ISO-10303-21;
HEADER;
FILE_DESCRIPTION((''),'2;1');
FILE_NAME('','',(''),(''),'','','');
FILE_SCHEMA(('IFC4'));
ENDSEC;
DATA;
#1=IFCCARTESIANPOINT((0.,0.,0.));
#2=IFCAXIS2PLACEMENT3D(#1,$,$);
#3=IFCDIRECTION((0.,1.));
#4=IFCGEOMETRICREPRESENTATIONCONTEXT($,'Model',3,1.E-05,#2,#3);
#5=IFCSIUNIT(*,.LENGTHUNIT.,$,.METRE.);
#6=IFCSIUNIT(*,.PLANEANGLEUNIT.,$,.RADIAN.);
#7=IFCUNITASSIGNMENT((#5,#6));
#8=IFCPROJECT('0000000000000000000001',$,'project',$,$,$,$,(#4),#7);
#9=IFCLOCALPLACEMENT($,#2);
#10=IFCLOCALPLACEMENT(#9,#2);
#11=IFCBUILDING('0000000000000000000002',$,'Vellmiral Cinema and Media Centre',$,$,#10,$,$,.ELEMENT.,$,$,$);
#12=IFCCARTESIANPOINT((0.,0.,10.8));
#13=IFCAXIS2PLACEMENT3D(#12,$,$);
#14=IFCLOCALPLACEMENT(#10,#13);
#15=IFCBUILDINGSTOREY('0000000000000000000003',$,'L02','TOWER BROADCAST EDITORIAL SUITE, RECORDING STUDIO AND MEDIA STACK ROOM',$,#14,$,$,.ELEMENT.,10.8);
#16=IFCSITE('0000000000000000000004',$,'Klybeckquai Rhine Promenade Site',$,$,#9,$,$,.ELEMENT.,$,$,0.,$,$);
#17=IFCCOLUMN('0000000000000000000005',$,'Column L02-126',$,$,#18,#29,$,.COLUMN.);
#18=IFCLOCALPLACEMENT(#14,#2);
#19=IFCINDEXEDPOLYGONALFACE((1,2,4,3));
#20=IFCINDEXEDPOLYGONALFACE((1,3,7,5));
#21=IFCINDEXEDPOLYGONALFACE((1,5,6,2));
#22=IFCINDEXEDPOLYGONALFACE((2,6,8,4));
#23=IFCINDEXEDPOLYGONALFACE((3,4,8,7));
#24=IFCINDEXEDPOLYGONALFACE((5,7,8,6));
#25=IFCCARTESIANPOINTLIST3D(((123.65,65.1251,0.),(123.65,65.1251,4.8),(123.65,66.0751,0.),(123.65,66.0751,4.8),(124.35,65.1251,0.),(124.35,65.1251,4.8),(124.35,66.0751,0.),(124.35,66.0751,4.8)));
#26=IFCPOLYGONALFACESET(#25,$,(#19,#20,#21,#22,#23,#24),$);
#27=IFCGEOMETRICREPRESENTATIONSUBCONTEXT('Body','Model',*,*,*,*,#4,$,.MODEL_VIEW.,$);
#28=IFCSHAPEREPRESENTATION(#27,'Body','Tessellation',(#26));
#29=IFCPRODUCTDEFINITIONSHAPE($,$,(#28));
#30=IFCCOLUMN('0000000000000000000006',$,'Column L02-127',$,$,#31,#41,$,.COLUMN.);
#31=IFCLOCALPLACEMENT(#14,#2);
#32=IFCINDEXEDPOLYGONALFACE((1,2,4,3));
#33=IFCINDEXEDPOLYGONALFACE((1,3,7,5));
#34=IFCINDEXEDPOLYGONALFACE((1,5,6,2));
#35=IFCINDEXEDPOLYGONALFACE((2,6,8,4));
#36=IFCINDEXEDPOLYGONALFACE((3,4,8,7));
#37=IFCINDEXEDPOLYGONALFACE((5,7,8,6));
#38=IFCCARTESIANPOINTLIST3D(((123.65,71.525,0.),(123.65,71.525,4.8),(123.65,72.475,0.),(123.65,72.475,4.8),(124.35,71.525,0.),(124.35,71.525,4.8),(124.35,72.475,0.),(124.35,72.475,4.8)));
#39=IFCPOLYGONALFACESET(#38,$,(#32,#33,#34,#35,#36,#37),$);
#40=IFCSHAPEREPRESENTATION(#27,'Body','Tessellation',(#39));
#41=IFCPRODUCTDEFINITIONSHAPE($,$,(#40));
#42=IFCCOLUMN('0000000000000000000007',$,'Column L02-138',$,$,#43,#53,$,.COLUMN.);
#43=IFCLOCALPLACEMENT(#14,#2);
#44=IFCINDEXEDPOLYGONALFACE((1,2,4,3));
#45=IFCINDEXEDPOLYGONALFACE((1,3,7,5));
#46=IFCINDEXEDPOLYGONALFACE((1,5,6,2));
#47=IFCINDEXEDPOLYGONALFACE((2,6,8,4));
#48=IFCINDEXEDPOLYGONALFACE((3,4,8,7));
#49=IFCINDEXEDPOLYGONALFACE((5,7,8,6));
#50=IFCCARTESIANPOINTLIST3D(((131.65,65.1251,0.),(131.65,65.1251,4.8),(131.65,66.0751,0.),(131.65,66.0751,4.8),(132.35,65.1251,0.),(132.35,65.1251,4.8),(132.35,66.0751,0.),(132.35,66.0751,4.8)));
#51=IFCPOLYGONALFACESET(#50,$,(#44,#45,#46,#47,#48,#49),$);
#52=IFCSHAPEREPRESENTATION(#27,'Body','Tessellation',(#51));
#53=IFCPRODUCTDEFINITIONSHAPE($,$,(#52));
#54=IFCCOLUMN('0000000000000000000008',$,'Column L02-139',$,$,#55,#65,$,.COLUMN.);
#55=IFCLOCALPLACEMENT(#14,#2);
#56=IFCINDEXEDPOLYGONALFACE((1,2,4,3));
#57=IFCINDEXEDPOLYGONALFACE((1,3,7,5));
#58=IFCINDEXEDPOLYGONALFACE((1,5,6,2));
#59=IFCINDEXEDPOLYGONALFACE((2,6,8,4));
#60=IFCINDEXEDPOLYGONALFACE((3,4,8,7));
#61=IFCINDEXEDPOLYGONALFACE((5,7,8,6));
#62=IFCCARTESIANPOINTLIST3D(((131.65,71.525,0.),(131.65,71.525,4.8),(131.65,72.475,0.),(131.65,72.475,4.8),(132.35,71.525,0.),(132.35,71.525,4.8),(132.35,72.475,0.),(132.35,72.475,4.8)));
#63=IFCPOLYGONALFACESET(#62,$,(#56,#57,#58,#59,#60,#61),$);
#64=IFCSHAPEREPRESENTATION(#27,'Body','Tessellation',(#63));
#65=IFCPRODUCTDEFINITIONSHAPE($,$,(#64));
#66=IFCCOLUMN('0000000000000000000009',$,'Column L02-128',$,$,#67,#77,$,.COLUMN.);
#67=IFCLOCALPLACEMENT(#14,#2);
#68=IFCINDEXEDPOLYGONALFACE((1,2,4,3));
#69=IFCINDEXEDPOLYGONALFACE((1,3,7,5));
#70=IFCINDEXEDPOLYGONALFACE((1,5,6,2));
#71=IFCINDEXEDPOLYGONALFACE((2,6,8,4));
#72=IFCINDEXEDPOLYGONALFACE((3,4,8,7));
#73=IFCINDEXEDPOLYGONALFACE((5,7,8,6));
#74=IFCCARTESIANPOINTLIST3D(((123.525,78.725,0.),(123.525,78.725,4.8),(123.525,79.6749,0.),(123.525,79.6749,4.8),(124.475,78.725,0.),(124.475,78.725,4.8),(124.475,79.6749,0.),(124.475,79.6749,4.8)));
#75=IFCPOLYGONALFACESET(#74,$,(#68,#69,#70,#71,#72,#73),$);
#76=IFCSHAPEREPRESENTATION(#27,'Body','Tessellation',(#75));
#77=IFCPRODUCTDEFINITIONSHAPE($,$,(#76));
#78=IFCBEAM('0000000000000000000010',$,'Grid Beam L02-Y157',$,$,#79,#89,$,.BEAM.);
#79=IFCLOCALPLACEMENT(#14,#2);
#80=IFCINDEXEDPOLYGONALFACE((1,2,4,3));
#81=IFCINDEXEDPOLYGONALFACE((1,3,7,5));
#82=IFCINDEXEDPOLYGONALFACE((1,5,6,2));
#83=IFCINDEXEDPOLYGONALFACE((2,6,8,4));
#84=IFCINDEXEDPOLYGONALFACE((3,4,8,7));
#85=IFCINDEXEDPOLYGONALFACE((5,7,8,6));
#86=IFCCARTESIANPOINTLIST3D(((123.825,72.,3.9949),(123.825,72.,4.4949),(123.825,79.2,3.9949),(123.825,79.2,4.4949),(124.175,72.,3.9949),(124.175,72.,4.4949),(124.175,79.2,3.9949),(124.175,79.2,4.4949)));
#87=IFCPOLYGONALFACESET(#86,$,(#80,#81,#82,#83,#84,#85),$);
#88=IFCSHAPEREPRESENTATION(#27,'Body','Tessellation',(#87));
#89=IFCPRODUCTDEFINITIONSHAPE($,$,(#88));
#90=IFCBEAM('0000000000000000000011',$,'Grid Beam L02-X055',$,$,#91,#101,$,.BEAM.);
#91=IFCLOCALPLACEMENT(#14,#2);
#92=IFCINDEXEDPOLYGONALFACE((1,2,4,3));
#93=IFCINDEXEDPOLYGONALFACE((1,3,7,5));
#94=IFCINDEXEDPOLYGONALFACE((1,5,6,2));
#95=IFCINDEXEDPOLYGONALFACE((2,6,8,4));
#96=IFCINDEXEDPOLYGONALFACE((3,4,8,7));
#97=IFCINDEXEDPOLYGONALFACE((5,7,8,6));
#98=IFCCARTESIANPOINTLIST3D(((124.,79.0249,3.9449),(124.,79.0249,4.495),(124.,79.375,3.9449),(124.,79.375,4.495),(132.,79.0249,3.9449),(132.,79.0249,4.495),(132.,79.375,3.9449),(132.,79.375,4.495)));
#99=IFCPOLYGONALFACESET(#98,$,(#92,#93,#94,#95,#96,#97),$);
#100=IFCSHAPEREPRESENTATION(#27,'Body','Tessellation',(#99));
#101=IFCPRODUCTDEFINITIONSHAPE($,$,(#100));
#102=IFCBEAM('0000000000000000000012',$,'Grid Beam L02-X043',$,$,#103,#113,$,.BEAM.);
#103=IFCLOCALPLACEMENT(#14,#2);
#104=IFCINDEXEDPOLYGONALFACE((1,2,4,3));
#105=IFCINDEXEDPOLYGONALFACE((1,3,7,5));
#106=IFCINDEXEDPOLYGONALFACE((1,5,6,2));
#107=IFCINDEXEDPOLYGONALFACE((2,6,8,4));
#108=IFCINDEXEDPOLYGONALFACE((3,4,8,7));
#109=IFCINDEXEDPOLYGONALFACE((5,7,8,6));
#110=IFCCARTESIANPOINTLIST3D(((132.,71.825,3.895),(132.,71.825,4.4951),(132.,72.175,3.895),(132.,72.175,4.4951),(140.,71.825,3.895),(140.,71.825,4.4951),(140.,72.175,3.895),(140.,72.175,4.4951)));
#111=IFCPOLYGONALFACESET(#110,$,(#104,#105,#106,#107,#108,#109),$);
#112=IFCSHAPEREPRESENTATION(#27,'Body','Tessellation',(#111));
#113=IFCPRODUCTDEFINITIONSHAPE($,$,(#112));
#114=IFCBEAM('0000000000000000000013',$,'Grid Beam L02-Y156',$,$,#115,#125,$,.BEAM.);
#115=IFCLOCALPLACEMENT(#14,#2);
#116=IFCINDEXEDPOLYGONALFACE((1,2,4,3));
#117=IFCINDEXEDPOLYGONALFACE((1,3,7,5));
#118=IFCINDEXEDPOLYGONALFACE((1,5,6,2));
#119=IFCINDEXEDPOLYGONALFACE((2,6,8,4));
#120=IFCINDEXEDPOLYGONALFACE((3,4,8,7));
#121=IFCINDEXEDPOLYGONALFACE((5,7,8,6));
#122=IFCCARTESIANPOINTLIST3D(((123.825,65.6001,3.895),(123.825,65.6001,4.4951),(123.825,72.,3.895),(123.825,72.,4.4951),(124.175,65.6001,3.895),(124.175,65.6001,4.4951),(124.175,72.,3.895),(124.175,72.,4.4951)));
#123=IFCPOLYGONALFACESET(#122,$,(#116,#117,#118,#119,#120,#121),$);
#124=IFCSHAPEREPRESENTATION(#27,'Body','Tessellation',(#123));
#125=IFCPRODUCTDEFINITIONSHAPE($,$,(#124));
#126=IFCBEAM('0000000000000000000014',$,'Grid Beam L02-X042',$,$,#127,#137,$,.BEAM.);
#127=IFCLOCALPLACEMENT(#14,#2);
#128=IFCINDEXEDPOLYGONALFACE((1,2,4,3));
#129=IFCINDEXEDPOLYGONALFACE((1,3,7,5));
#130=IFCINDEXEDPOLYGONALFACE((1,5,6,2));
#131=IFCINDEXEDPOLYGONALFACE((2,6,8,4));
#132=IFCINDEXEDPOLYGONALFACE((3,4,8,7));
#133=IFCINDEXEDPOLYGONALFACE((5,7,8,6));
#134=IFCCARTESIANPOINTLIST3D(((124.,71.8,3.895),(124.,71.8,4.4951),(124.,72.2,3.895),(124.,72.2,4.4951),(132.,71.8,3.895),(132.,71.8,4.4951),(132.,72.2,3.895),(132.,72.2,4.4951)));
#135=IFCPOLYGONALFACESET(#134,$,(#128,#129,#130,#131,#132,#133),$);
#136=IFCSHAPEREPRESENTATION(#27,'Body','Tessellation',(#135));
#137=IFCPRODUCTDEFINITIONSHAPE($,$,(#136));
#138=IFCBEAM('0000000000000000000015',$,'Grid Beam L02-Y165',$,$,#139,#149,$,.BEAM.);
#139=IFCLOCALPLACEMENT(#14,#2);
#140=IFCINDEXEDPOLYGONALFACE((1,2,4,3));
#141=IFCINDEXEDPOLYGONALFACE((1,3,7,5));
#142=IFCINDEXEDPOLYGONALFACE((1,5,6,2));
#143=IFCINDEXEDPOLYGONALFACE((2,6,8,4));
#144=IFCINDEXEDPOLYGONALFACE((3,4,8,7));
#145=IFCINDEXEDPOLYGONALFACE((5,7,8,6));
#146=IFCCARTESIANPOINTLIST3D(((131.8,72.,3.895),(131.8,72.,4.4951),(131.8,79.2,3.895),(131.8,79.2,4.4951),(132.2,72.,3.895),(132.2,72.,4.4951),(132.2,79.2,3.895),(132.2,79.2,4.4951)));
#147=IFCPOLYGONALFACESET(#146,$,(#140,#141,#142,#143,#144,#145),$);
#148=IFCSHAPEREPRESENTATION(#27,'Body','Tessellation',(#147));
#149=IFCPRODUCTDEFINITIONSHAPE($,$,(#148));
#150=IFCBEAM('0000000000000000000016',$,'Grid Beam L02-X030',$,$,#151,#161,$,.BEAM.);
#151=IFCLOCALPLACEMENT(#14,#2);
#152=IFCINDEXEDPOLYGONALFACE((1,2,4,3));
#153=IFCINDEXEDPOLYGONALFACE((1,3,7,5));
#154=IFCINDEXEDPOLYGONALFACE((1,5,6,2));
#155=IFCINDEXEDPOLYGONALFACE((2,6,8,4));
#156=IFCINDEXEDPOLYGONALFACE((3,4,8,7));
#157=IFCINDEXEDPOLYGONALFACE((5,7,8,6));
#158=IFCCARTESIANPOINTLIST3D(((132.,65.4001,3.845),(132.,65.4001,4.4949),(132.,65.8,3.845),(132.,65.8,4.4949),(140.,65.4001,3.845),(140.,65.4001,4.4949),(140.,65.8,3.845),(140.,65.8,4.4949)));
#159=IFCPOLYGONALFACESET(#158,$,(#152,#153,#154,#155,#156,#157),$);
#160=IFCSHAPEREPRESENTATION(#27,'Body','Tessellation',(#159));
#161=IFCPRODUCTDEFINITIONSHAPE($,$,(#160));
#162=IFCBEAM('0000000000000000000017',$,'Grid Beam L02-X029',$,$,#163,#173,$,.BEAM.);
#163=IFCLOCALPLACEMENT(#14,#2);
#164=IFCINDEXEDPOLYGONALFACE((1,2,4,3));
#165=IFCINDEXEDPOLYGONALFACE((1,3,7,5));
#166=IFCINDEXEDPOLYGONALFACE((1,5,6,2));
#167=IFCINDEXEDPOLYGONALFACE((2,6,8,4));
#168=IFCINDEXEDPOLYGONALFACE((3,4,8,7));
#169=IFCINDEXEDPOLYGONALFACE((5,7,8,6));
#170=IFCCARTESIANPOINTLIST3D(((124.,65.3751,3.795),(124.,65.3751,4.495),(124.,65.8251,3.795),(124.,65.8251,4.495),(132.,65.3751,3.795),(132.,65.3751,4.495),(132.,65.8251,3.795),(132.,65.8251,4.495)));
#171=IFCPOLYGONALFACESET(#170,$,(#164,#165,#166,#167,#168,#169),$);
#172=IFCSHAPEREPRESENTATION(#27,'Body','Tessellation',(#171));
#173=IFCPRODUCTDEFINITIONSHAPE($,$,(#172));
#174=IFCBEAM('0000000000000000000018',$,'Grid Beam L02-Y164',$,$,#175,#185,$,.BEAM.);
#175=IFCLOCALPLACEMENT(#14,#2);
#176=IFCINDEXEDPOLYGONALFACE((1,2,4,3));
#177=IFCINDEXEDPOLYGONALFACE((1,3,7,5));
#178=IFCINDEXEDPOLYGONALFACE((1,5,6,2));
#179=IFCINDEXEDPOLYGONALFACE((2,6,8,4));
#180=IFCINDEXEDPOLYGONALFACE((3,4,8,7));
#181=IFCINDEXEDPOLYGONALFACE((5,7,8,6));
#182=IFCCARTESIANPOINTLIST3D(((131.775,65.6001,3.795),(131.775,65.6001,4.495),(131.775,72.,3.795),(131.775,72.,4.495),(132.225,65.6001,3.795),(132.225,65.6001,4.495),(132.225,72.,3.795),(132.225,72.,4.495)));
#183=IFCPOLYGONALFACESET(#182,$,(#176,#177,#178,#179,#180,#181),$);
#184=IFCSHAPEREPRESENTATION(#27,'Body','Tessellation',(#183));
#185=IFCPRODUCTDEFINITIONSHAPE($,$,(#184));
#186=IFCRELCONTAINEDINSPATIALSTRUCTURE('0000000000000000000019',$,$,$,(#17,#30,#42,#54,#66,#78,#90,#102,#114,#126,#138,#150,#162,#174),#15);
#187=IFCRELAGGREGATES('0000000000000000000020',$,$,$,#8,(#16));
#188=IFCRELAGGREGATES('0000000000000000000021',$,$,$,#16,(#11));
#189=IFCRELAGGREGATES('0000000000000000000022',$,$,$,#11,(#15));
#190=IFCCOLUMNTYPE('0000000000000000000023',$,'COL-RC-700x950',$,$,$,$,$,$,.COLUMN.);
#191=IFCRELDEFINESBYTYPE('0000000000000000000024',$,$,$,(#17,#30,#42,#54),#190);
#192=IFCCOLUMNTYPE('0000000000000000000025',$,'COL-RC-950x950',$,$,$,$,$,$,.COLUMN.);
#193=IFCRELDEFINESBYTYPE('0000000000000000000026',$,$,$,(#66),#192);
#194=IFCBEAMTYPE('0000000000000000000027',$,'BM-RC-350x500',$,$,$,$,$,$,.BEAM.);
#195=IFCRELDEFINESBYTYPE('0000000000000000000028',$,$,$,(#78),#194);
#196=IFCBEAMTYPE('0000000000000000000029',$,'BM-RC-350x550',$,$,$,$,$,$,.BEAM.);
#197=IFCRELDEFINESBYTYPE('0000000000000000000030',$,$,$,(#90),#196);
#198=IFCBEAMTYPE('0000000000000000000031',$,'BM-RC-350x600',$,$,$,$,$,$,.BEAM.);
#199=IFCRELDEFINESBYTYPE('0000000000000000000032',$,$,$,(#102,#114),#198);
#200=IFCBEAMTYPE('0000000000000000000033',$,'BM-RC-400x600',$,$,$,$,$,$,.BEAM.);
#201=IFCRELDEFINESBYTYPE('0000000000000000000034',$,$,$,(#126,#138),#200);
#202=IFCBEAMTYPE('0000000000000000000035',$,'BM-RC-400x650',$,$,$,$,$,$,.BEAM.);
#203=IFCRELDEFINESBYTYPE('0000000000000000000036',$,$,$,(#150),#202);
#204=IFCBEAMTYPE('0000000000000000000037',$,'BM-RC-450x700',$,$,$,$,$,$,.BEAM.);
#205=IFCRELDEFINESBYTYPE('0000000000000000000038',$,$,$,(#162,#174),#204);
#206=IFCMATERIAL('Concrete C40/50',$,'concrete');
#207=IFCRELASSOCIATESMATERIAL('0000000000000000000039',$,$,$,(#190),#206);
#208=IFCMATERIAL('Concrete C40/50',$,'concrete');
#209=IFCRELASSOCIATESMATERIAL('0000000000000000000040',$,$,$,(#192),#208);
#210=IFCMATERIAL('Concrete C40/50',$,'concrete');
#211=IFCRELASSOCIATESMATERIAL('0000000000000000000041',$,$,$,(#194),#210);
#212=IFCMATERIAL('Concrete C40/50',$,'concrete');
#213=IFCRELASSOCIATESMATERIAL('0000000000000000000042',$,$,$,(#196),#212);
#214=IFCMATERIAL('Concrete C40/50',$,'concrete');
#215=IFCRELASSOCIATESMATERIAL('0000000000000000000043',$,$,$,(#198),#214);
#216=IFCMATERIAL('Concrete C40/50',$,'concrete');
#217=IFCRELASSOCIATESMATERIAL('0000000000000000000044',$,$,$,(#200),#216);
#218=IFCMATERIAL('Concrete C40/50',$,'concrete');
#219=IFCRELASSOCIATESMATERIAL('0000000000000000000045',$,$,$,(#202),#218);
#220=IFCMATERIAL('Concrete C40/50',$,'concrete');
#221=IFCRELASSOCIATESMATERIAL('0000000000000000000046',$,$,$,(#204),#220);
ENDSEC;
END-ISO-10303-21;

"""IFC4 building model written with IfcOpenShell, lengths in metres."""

from ifc_helpers import new_model, si_unit, direction, frame, origin, origin_2d, place, context, subcontext, project, spatial, rectangle, extrude, material, material_profile, profile_set, type_object, element, save


model = new_model("IFC4")

# Units and contexts
model_context = context("Model", 3, precision=1e-05, world=origin(), true_north=direction((0.0, 1.0)))
body_context = subcontext(model_context, "Body", "Model", "MODEL_VIEW")
ifc_project = project(units=[si_unit("LENGTHUNIT", "METRE"), si_unit("PLANEANGLEUNIT", "RADIAN")], contexts=[model_context])

# Site, building, storey
site_placement = place(None, origin())
site = spatial("IfcSite", under=ifc_project, at=site_placement, Name="Klybeckquai Rhine Promenade Site", CompositionType="ELEMENT", RefElevation=0.0)
building_placement = place(site_placement, origin())
building = spatial("IfcBuilding", under=site, at=building_placement, Name="Vellmiral Cinema and Media Centre", CompositionType="ELEMENT")
storey_placement = place(building_placement, frame((0.0, 0.0, 10.8)))
storey = spatial("IfcBuildingStorey", under=building, at=storey_placement, Name="L02", Description="TOWER BROADCAST EDITORIAL SUITE, RECORDING STUDIO AND MEDIA STACK ROOM", CompositionType="ELEMENT", Elevation=10.8)

# Columns
ifc_material_1 = material(Name="Concrete C40/50", Category="concrete")
ifc_material_profile_1 = material_profile(ifc_material_1, rectangle(XDim=0.7, YDim=0.95, at=origin_2d()), Name="RC 700x950")
ifc_profile_set_1 = profile_set([ifc_material_profile_1], Name="Concrete C40/50")
column_type_1 = type_object("IfcColumnType", Name="COL-RC-700x950", PredefinedType="COLUMN", material=ifc_profile_set_1)
for number, where, z_axis, x_axis, name in (
    (1, (124.0, 65.6001, 0.0), (0.0, 0.0, 1.0), (1.0, 0.0, 0.0), "Column L02-126"),
    (2, (124.0, 72.0, 0.0), (0.0, 0.0, 1.0), (1.0, 0.0, 0.0), "Column L02-127"),
    (3, (132.0, 65.6001, 0.0), (0.0, 0.0, 1.0), (1.0, 0.0, 0.0), "Column L02-138"),
    (4, (132.0, 72.0, 0.0), (0.0, 0.0, 1.0), (1.0, 0.0, 0.0), "Column L02-139"),
):
    element("IfcColumn", number, at=place(storey_placement, frame(where, z_axis=z_axis, x_axis=x_axis)), inside=storey, type_object=column_type_1, Name=name, PredefinedType="COLUMN", context=body_context, shape_type="SweptSolid", body=[
        extrude(rectangle(XDim=0.7, YDim=0.95, at=origin_2d()), origin(), (0.0, 0.0, 1.0), 4.8),
    ])
ifc_material_2 = material(Name="Concrete C40/50", Category="concrete")
ifc_material_profile_2 = material_profile(ifc_material_2, rectangle(XDim=0.95, YDim=0.95, at=origin_2d()), Name="RC 950x950")
ifc_profile_set_2 = profile_set([ifc_material_profile_2], Name="Concrete C40/50")
column_type_2 = type_object("IfcColumnType", Name="COL-RC-950x950", PredefinedType="COLUMN", material=ifc_profile_set_2)
column_placement = place(storey_placement, frame((124.0, 79.2, 0.0), z_axis=(0.0, 0.0, 1.0), x_axis=(1.0, 0.0, 0.0)))
element("IfcColumn", 5, at=column_placement, inside=storey, type_object=column_type_2, Name="Column L02-128", PredefinedType="COLUMN", context=body_context, shape_type="SweptSolid", body=[
    extrude(rectangle(XDim=0.95, YDim=0.95, at=origin_2d()), origin(), (0.0, 0.0, 1.0), 4.8),
])

# Beams
ifc_material_3 = material(Name="Concrete C40/50", Category="concrete")
ifc_material_profile_3 = material_profile(ifc_material_3, rectangle(XDim=0.3501, YDim=0.5, at=origin_2d()), Name="RC 350x500")
ifc_profile_set_3 = profile_set([ifc_material_profile_3], Name="Concrete C40/50")
beam_type_1 = type_object("IfcBeamType", Name="BM-RC-350x500", PredefinedType="BEAM", material=ifc_profile_set_3)
beam_1_placement = place(storey_placement, frame((124.0, 72.0, 4.2449), z_axis=(0.0, 1.0, 0.0), x_axis=(-1.0, 0.0, 0.0)))
element("IfcBeam", 6, at=beam_1_placement, inside=storey, type_object=beam_type_1, Name="Grid Beam L02-Y157", PredefinedType="BEAM", context=body_context, shape_type="SweptSolid", body=[
    extrude(rectangle(XDim=0.3501, YDim=0.5, at=origin_2d()), origin(), (0.0, 0.0, 1.0), 7.2),
])
ifc_material_4 = material(Name="Concrete C40/50", Category="concrete")
ifc_material_profile_4 = material_profile(ifc_material_4, rectangle(XDim=0.3501, YDim=0.55, at=origin_2d()), Name="RC 350x550")
ifc_profile_set_4 = profile_set([ifc_material_profile_4], Name="Concrete C40/50")
beam_type_2 = type_object("IfcBeamType", Name="BM-RC-350x550", PredefinedType="BEAM", material=ifc_profile_set_4)
beam_2_placement = place(storey_placement, frame((124.0, 79.2, 4.22), z_axis=(1.0, 0.0, 0.0), x_axis=(0.0, 1.0, 0.0)))
element("IfcBeam", 7, at=beam_2_placement, inside=storey, type_object=beam_type_2, Name="Grid Beam L02-X055", PredefinedType="BEAM", context=body_context, shape_type="SweptSolid", body=[
    extrude(rectangle(XDim=0.3501, YDim=0.55, at=origin_2d()), origin(), (0.0, 0.0, 1.0), 8.0),
])
ifc_material_5 = material(Name="Concrete C40/50", Category="concrete")
ifc_material_profile_5 = material_profile(ifc_material_5, rectangle(XDim=0.3501, YDim=0.6001, at=origin_2d()), Name="RC 350x600")
ifc_profile_set_5 = profile_set([ifc_material_profile_5], Name="Concrete C40/50")
beam_type_3 = type_object("IfcBeamType", Name="BM-RC-350x600", PredefinedType="BEAM", material=ifc_profile_set_5)
beam_3_placement = place(storey_placement, frame((132.0, 72.0, 4.1951), z_axis=(1.0, 0.0, 0.0), x_axis=(0.0, 1.0, 0.0)))
element("IfcBeam", 8, at=beam_3_placement, inside=storey, type_object=beam_type_3, Name="Grid Beam L02-X043", PredefinedType="BEAM", context=body_context, shape_type="SweptSolid", body=[
    extrude(rectangle(XDim=0.3501, YDim=0.6001, at=origin_2d()), origin(), (0.0, 0.0, 1.0), 8.0),
])
beam_4_placement = place(storey_placement, frame((124.0, 65.6001, 4.1951), z_axis=(0.0, 1.0, 0.0), x_axis=(-1.0, 0.0, 0.0)))
element("IfcBeam", 9, at=beam_4_placement, inside=storey, type_object=beam_type_3, Name="Grid Beam L02-Y156", PredefinedType="BEAM", context=body_context, shape_type="SweptSolid", body=[
    extrude(rectangle(XDim=0.3501, YDim=0.6001, at=origin_2d()), origin(), (0.0, 0.0, 1.0), 6.3999),
])
ifc_material_6 = material(Name="Concrete C40/50", Category="concrete")
ifc_material_profile_6 = material_profile(ifc_material_6, rectangle(XDim=0.3999, YDim=0.6001, at=origin_2d()), Name="RC 400x600")
ifc_profile_set_6 = profile_set([ifc_material_profile_6], Name="Concrete C40/50")
beam_type_4 = type_object("IfcBeamType", Name="BM-RC-400x600", PredefinedType="BEAM", material=ifc_profile_set_6)
beam_5_placement = place(storey_placement, frame((124.0, 72.0, 4.1951), z_axis=(1.0, 0.0, 0.0), x_axis=(0.0, 1.0, 0.0)))
element("IfcBeam", 10, at=beam_5_placement, inside=storey, type_object=beam_type_4, Name="Grid Beam L02-X042", PredefinedType="BEAM", context=body_context, shape_type="SweptSolid", body=[
    extrude(rectangle(XDim=0.3999, YDim=0.6001, at=origin_2d()), origin(), (0.0, 0.0, 1.0), 8.0),
])
beam_6_placement = place(storey_placement, frame((132.0, 72.0, 4.1951), z_axis=(0.0, 1.0, 0.0), x_axis=(-1.0, 0.0, 0.0)))
element("IfcBeam", 11, at=beam_6_placement, inside=storey, type_object=beam_type_4, Name="Grid Beam L02-Y165", PredefinedType="BEAM", context=body_context, shape_type="SweptSolid", body=[
    extrude(rectangle(XDim=0.3999, YDim=0.6001, at=origin_2d()), origin(), (0.0, 0.0, 1.0), 7.2),
])
ifc_material_7 = material(Name="Concrete C40/50", Category="concrete")
ifc_material_profile_7 = material_profile(ifc_material_7, rectangle(XDim=0.3999, YDim=0.6499, at=origin_2d()), Name="RC 400x650")
ifc_profile_set_7 = profile_set([ifc_material_profile_7], Name="Concrete C40/50")
beam_type_5 = type_object("IfcBeamType", Name="BM-RC-400x650", PredefinedType="BEAM", material=ifc_profile_set_7)
beam_7_placement = place(storey_placement, frame((132.0, 65.6001, 4.1699), z_axis=(1.0, 0.0, 0.0), x_axis=(0.0, 1.0, 0.0)))
element("IfcBeam", 12, at=beam_7_placement, inside=storey, type_object=beam_type_5, Name="Grid Beam L02-X030", PredefinedType="BEAM", context=body_context, shape_type="SweptSolid", body=[
    extrude(rectangle(XDim=0.3999, YDim=0.6499, at=origin_2d()), origin(), (0.0, 0.0, 1.0), 8.0),
])
ifc_material_8 = material(Name="Concrete C40/50", Category="concrete")
ifc_material_profile_8 = material_profile(ifc_material_8, rectangle(XDim=0.45, YDim=0.7, at=origin_2d()), Name="RC 450x700")
ifc_profile_set_8 = profile_set([ifc_material_profile_8], Name="Concrete C40/50")
beam_type_6 = type_object("IfcBeamType", Name="BM-RC-450x700", PredefinedType="BEAM", material=ifc_profile_set_8)
beam_8_placement = place(storey_placement, frame((124.0, 65.6001, 4.145), z_axis=(1.0, 0.0, 0.0), x_axis=(0.0, 1.0, 0.0)))
element("IfcBeam", 13, at=beam_8_placement, inside=storey, type_object=beam_type_6, Name="Grid Beam L02-X029", PredefinedType="BEAM", context=body_context, shape_type="SweptSolid", body=[
    extrude(rectangle(XDim=0.45, YDim=0.7, at=origin_2d()), origin(), (0.0, 0.0, 1.0), 8.0),
])
beam_9_placement = place(storey_placement, frame((132.0, 65.6001, 4.145), z_axis=(0.0, 1.0, 0.0), x_axis=(-1.0, 0.0, 0.0)))
element("IfcBeam", 14, at=beam_9_placement, inside=storey, type_object=beam_type_6, Name="Grid Beam L02-Y164", PredefinedType="BEAM", context=body_context, shape_type="SweptSolid", body=[
    extrude(rectangle(XDim=0.45, YDim=0.7, at=origin_2d()), origin(), (0.0, 0.0, 1.0), 6.3999),
])

save(model, "model.ifc")
